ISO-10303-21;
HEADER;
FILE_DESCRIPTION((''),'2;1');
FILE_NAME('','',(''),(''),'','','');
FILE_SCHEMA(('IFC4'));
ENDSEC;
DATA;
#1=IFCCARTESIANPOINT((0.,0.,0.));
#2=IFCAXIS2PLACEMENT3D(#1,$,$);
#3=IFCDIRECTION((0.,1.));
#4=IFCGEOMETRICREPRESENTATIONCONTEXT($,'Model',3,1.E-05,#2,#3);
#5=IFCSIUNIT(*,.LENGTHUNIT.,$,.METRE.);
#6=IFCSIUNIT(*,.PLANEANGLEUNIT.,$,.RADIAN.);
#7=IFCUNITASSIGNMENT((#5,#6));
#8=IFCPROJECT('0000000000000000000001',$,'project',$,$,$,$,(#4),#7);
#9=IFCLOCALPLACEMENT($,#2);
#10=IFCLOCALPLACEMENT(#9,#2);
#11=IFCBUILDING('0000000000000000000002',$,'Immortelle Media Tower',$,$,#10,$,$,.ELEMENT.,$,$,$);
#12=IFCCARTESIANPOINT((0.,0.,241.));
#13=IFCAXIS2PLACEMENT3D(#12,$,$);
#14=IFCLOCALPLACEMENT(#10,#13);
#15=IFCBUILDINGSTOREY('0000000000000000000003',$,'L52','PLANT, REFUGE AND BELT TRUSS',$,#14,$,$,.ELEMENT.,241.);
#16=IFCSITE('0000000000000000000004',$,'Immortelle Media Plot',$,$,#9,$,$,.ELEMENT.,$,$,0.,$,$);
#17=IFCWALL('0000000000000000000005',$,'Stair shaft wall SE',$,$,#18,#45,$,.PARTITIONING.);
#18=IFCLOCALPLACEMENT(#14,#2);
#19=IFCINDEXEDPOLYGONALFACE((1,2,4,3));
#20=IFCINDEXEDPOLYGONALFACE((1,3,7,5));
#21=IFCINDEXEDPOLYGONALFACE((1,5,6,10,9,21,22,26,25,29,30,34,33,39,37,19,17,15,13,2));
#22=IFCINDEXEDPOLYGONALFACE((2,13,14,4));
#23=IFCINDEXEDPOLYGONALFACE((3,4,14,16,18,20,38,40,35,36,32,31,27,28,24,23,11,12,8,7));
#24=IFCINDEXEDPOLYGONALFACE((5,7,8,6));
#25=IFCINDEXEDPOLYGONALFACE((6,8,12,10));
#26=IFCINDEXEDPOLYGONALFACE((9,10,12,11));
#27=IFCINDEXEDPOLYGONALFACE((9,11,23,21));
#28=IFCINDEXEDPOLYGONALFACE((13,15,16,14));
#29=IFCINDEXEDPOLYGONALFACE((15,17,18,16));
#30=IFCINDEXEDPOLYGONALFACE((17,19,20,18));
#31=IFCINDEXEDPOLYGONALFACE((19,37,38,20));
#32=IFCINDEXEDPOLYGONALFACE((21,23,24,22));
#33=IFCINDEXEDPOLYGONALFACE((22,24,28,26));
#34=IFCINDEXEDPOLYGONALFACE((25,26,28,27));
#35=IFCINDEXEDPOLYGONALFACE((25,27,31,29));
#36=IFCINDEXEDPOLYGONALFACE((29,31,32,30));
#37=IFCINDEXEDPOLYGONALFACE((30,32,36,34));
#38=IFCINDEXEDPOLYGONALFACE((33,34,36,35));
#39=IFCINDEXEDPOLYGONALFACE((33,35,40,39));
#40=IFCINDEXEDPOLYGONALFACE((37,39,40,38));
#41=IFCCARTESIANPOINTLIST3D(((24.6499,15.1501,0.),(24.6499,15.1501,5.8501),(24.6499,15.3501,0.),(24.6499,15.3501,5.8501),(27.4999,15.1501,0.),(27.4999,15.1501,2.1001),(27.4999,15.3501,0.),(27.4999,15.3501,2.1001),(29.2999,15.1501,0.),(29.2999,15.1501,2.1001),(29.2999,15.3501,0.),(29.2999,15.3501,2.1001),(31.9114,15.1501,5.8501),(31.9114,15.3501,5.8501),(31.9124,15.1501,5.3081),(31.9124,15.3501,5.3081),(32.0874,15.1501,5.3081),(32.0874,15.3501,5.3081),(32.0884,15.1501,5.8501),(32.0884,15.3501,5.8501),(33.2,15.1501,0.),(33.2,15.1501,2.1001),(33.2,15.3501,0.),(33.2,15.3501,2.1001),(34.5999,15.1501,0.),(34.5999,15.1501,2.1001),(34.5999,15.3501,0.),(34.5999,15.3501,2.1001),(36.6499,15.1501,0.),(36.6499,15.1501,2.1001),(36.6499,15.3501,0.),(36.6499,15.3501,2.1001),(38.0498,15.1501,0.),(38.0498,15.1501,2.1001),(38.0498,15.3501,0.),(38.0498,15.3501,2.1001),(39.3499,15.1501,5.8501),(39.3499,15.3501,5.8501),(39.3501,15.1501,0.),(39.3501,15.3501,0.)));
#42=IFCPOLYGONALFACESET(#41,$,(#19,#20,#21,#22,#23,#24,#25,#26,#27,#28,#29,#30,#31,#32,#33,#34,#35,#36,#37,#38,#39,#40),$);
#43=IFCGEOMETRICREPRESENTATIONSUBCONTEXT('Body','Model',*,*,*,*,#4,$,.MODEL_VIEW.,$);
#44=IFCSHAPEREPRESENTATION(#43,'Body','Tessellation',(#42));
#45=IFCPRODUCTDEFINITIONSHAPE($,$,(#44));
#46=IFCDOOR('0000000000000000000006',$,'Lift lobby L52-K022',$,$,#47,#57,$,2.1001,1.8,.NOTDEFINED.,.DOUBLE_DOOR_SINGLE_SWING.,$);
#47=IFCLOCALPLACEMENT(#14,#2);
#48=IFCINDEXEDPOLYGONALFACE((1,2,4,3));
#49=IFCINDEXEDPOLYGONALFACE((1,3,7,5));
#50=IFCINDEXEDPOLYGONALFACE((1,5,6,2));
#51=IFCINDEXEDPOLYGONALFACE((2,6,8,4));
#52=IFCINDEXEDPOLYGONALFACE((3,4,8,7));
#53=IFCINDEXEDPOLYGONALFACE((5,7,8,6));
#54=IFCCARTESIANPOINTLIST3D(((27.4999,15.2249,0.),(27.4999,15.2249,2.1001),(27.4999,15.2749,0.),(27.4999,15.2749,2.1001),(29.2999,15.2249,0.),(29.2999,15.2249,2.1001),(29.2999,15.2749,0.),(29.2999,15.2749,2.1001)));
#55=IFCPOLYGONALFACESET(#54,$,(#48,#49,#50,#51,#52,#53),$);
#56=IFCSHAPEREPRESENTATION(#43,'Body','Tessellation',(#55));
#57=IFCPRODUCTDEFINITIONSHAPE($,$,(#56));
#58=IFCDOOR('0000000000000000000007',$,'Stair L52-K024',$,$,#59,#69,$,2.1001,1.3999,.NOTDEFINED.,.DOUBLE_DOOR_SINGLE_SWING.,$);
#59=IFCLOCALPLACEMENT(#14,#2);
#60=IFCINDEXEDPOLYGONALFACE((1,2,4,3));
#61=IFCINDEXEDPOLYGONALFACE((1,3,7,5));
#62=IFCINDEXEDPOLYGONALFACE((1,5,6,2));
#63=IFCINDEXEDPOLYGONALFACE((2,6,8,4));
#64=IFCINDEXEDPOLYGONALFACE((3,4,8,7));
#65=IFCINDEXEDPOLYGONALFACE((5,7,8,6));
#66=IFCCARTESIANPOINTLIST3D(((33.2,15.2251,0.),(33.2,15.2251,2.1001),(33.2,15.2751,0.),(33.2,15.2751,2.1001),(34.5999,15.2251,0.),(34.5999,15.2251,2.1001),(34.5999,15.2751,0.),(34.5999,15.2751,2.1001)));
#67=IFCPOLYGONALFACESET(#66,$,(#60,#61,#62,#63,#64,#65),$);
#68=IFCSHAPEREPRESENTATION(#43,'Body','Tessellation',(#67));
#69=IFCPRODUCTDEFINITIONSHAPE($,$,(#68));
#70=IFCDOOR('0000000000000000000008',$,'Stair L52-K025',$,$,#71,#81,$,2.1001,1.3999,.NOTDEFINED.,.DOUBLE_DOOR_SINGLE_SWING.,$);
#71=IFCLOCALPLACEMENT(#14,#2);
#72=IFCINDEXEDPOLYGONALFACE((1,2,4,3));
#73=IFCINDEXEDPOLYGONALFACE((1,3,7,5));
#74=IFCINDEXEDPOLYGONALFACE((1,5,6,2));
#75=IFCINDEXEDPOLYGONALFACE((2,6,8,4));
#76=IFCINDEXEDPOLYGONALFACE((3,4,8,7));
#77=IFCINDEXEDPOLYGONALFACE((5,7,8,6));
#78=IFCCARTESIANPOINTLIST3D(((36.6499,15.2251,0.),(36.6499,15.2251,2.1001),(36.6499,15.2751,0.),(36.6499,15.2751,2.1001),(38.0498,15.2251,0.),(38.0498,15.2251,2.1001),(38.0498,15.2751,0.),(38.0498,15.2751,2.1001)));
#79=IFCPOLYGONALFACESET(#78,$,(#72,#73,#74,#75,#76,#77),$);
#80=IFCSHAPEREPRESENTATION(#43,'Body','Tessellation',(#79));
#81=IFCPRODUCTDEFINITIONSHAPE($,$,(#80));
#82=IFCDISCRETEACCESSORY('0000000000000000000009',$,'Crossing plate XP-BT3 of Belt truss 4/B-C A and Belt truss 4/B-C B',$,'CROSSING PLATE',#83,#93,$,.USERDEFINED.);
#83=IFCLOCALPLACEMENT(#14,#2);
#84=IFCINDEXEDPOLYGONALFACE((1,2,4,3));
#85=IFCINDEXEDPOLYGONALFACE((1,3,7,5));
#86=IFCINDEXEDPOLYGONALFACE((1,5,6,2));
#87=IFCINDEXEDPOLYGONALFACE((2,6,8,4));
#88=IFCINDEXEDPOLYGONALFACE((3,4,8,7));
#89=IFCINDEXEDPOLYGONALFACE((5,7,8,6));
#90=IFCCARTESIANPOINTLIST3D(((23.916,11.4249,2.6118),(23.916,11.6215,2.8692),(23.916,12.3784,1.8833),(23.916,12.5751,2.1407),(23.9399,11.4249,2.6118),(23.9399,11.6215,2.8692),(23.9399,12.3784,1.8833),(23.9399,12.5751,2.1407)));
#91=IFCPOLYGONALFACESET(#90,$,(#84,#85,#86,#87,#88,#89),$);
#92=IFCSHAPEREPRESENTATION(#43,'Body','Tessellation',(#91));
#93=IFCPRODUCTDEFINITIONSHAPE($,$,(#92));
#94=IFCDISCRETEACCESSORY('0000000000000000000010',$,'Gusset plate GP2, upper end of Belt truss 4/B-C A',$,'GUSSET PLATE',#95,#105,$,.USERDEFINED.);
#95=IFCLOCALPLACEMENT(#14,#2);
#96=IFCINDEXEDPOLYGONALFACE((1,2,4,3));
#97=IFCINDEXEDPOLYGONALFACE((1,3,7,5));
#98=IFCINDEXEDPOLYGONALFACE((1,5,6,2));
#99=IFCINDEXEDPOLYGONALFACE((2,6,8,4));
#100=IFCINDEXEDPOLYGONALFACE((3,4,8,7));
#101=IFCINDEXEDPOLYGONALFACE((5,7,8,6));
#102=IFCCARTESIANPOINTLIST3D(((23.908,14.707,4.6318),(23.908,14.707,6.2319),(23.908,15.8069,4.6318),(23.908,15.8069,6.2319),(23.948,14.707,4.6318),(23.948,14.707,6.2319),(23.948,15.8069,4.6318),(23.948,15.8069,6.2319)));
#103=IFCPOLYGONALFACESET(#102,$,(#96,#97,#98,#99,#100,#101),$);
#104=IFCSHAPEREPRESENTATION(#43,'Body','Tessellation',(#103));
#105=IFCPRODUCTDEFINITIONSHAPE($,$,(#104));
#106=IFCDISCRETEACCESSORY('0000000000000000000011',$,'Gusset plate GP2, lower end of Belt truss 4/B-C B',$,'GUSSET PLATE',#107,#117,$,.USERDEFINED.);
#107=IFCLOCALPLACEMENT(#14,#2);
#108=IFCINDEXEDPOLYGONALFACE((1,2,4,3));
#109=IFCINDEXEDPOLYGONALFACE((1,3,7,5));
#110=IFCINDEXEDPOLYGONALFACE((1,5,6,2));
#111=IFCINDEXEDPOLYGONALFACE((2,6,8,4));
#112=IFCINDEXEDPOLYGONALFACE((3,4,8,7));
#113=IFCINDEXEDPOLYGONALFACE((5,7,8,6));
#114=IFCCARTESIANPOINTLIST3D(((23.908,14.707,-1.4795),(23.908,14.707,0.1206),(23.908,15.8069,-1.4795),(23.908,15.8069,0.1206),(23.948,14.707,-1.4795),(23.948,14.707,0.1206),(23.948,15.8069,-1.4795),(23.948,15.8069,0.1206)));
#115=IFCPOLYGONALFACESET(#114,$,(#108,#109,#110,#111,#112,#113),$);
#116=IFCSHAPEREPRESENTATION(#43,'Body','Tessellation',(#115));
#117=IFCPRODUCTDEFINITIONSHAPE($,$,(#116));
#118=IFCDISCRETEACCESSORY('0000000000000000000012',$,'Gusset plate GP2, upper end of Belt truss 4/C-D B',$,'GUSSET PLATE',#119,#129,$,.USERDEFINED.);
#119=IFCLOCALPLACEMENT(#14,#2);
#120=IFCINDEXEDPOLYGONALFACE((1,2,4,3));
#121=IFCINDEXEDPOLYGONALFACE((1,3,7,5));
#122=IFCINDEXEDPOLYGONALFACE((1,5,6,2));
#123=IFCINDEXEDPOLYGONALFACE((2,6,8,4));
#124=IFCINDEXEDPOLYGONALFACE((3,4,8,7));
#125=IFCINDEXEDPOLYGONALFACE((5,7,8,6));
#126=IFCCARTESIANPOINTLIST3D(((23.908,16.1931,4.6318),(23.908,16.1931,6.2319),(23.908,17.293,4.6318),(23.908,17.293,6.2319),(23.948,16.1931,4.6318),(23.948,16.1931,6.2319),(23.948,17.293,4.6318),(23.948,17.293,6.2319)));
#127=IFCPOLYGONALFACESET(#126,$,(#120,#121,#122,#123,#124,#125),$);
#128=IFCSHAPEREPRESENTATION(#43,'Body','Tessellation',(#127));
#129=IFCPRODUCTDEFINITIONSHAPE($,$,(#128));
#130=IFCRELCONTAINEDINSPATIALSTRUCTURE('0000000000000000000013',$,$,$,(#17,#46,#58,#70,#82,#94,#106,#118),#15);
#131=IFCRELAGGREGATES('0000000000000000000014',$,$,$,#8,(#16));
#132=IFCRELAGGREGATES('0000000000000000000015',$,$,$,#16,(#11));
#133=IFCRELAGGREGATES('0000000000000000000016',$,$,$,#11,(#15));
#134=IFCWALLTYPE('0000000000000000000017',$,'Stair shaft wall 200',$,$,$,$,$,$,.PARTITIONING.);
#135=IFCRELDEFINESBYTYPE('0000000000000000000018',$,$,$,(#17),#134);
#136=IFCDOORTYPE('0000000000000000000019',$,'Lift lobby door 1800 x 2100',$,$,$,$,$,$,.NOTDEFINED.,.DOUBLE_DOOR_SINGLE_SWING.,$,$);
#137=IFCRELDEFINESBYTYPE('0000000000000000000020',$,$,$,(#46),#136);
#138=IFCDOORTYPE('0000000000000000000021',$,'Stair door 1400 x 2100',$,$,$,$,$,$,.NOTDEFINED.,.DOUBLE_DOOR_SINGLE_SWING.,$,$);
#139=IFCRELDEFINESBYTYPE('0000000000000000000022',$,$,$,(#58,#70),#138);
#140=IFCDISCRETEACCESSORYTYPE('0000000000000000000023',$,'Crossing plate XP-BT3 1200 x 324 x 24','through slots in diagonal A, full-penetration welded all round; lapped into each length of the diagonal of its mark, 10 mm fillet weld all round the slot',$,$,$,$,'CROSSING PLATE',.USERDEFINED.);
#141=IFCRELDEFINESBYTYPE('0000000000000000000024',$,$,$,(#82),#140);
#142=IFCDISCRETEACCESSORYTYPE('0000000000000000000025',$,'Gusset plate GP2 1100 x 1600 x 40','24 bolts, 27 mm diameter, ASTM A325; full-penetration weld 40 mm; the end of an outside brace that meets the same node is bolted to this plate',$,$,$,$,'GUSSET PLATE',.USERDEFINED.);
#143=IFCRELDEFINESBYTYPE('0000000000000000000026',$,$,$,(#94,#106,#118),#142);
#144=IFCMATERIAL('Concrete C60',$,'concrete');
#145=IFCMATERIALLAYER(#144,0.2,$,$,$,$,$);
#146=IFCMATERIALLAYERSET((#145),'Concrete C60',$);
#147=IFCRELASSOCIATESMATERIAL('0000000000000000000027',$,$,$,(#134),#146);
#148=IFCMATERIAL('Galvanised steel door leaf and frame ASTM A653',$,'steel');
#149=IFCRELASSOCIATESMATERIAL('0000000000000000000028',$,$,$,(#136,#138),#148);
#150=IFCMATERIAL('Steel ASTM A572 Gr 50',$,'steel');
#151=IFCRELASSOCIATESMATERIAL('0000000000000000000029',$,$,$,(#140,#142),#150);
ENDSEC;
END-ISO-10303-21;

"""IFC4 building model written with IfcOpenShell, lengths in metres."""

from ifc_helpers import new_model, si_unit, direction, frame, frame_2d, origin, origin_2d, place, context, subcontext, project, spatial, polyline, rectangle, outline, extrude, material, layer, layer_set, material_profile, profile_set, type_object, element, fill, save


model = new_model("IFC4")

# Units and contexts
model_context = context("Model", 3, precision=1e-05, world=origin(), true_north=direction((0.0, 1.0)))
body_context = subcontext(model_context, "Body", "Model", "MODEL_VIEW")
ifc_project = project(units=[si_unit("LENGTHUNIT", "METRE"), si_unit("PLANEANGLEUNIT", "RADIAN")], contexts=[model_context])

# Site, building, storey
site_placement = place(None, origin())
site = spatial("IfcSite", under=ifc_project, at=site_placement, Name="Immortelle Media Plot", CompositionType="ELEMENT", RefElevation=0.0)
building_placement = place(site_placement, origin())
building = spatial("IfcBuilding", under=site, at=building_placement, Name="Immortelle Media Tower", CompositionType="ELEMENT")
storey_placement = place(building_placement, frame((0.0, 0.0, 241.0)))
storey = spatial("IfcBuildingStorey", under=building, at=storey_placement, Name="L52", Description="PLANT, REFUGE AND BELT TRUSS", CompositionType="ELEMENT", Elevation=241.0)

# Shared definitions
ifc_material_1 = material(Name="Galvanised steel door leaf and frame ASTM A653", Category="steel")

# Wall, openings, doors
ifc_material_2 = material(Name="Concrete C60", Category="concrete")
ifc_layer_1 = layer(ifc_material_2, 0.2)
ifc_layer_set_1 = layer_set([ifc_layer_1], Name="Concrete C60")
wall_type_1 = type_object("IfcWallType", Name="Stair shaft wall 200", PredefinedType="PARTITIONING", material=ifc_layer_set_1)
wall_1_placement = place(storey_placement, frame((24.6499, 15.25, 0.0), z_axis=(0.0, 0.0, 1.0), x_axis=(1.0, 0.0, 0.0)))
wall_1 = element("IfcWall", 1, at=wall_1_placement, inside=storey, type_object=wall_type_1, Name="Stair shaft wall SE", PredefinedType="PARTITIONING", context=body_context, shape_type="SweptSolid", body=[
    extrude(outline(polyline([(0.0, 0.0), (14.7002, 0.0), (14.7, 5.8501), (7.4385, 5.8501), (7.4375, 5.3081), (7.2625, 5.3081), (7.2615, 5.8501), (0.0, 5.8501), (0.0, 0.0)])), frame((0.0, 0.1001, 0.0), z_axis=(0.0, -1.0, 0.0), x_axis=(1.0, 0.0, 0.0)), (0.0, 0.0, 1.0), 0.2),
])
opening_1_placement = place(wall_1_placement, frame((2.8501, 0.0, 0.0)))
opening_1 = element("IfcOpeningElement", 2, at=opening_1_placement, cuts=wall_1, PredefinedType="OPENING", context=body_context, shape_type="SweptSolid", body=[
    extrude(rectangle(XDim=1.8, YDim=2.1001, at=frame_2d((0.8999, 1.05))), frame((0.0, 0.1099, 0.0), z_axis=(0.0, -1.0, 0.0), x_axis=(1.0, 0.0, 0.0)), (0.0, 0.0, 1.0), 0.22),
])
opening_2_placement = place(wall_1_placement, frame((9.95, 0.0, 0.0), z_axis=(0.0, 0.0, 1.0), x_axis=(-1.0, 0.0, 0.0)))
opening_2 = element("IfcOpeningElement", 3, at=opening_2_placement, cuts=wall_1, PredefinedType="OPENING", context=body_context, shape_type="SweptSolid", body=[
    extrude(rectangle(XDim=1.3999, YDim=2.1001, at=frame_2d((0.7, 1.05))), frame((0.0, 0.1099, 0.0), z_axis=(0.0, -1.0, 0.0), x_axis=(1.0, 0.0, 0.0)), (0.0, 0.0, 1.0), 0.22),
])
opening_3_placement = place(wall_1_placement, frame((13.3999, 0.0, 0.0), z_axis=(0.0, 0.0, 1.0), x_axis=(-1.0, 0.0, 0.0)))
opening_3 = element("IfcOpeningElement", 4, at=opening_3_placement, cuts=wall_1, PredefinedType="OPENING", context=body_context, shape_type="SweptSolid", body=[
    extrude(rectangle(XDim=1.3999, YDim=2.1001, at=frame_2d((0.7, 1.05))), frame((0.0, 0.1099, 0.0), z_axis=(0.0, -1.0, 0.0), x_axis=(1.0, 0.0, 0.0)), (0.0, 0.0, 1.0), 0.22),
])
door_type_1 = type_object("IfcDoorType", Name="Lift lobby door 1800 x 2100", OperationType="DOUBLE_DOOR_SINGLE_SWING", PredefinedType="NOTDEFINED", material=ifc_material_1)
door_1_placement = place(opening_1_placement, origin())
door_1 = element("IfcDoor", 5, at=door_1_placement, inside=storey, type_object=door_type_1, Name="Lift lobby L52-K022", OperationType="DOUBLE_DOOR_SINGLE_SWING", OverallHeight=2.1001, OverallWidth=1.8, PredefinedType="NOTDEFINED", context=body_context, shape_type="SweptSolid", body=[
    extrude(rectangle(XDim=1.8, YDim=2.1001, at=frame_2d((0.8999, 1.05))), frame((0.0, 0.0249, 0.0), z_axis=(0.0, -1.0, 0.0), x_axis=(1.0, 0.0, 0.0)), (0.0, 0.0, 1.0), 0.05),
])
fill(opening_1, door_1)
door_type_2 = type_object("IfcDoorType", Name="Stair door 1400 x 2100", OperationType="DOUBLE_DOOR_SINGLE_SWING", PredefinedType="NOTDEFINED", material=ifc_material_1)
door_2_placement = place(opening_2_placement, origin())
door_2 = element("IfcDoor", 6, at=door_2_placement, inside=storey, type_object=door_type_2, Name="Stair L52-K024", OperationType="DOUBLE_DOOR_SINGLE_SWING", OverallHeight=2.1001, OverallWidth=1.3999, PredefinedType="NOTDEFINED", context=body_context, shape_type="SweptSolid", body=[
    extrude(rectangle(XDim=1.3999, YDim=2.1001, at=frame_2d((0.7, 1.05))), frame((0.0, 0.0249, 0.0), z_axis=(0.0, -1.0, 0.0), x_axis=(1.0, 0.0, 0.0)), (0.0, 0.0, 1.0), 0.05),
])
fill(opening_2, door_2)
door_3_placement = place(opening_3_placement, origin())
door_3 = element("IfcDoor", 7, at=door_3_placement, inside=storey, type_object=door_type_2, Name="Stair L52-K025", OperationType="DOUBLE_DOOR_SINGLE_SWING", OverallHeight=2.1001, OverallWidth=1.3999, PredefinedType="NOTDEFINED", context=body_context, shape_type="SweptSolid", body=[
    extrude(rectangle(XDim=1.3999, YDim=2.1001, at=frame_2d((0.7, 1.05))), frame((0.0, 0.0249, 0.0), z_axis=(0.0, -1.0, 0.0), x_axis=(1.0, 0.0, 0.0)), (0.0, 0.0, 1.0), 0.05),
])
fill(opening_3, door_3)

# Discrete accessories
ifc_material_3 = material(Name="Steel ASTM A572 Gr 50", Category="steel")
ifc_material_profile_1 = material_profile(ifc_material_3, rectangle(XDim=0.0239, YDim=0.324, at=origin_2d()), Name="PL 24 x 324")
ifc_profile_set_1 = profile_set([ifc_material_profile_1], Name="Steel ASTM A572 Gr 50")
discrete_accessory_type_1 = type_object("IfcDiscreteAccessoryType", Name="Crossing plate XP-BT3 1200 x 324 x 24", Description="through slots in diagonal A, full-penetration welded all round; lapped into each length of the diagonal of its mark, 10 mm fillet weld all round the slot", ElementType="CROSSING PLATE", PredefinedType="USERDEFINED", material=ifc_profile_set_1)
discrete_accessory_placement = place(storey_placement, frame((23.928, 11.5232, 2.7405), z_axis=(0.0, 0.794646, -0.607072), x_axis=(-1.0, 0.0, 0.0)))
element("IfcDiscreteAccessory", 8, at=discrete_accessory_placement, inside=storey, type_object=discrete_accessory_type_1, Name="Crossing plate XP-BT3 of Belt truss 4/B-C A and Belt truss 4/B-C B", ObjectType="CROSSING PLATE", PredefinedType="USERDEFINED", context=body_context, shape_type="SweptSolid", body=[
    extrude(rectangle(XDim=0.0239, YDim=0.324, at=origin_2d()), origin(), (0.0, 0.0, 1.0), 1.2),
])
ifc_material_profile_2 = material_profile(ifc_material_3, rectangle(XDim=0.04, YDim=1.6001, at=origin_2d()), Name="PL 40 x 1600")
ifc_profile_set_2 = profile_set([ifc_material_profile_2], Name="Steel ASTM A572 Gr 50")
discrete_accessory_type_2 = type_object("IfcDiscreteAccessoryType", Name="Gusset plate GP2 1100 x 1600 x 40", Description="24 bolts, 27 mm diameter, ASTM A325; full-penetration weld 40 mm; the end of an outside brace that meets the same node is bolted to this plate", ElementType="GUSSET PLATE", PredefinedType="USERDEFINED", material=ifc_profile_set_2)
for number, where, z_axis, x_axis, name in (
    (9, (23.928, 15.8069, 5.4319), (0.0, -1.0, 0.0), (1.0, 0.0, 0.0), "Gusset plate GP2, upper end of Belt truss 4/B-C A"),
    (10, (23.928, 15.8069, -0.6794), (0.0, -1.0, 0.0), (1.0, 0.0, 0.0), "Gusset plate GP2, lower end of Belt truss 4/B-C B"),
    (11, (23.928, 16.1931, 5.4319), (0.0, 1.0, 0.0), (-1.0, 0.0, 0.0), "Gusset plate GP2, upper end of Belt truss 4/C-D B"),
):
    element("IfcDiscreteAccessory", number, at=place(storey_placement, frame(where, z_axis=z_axis, x_axis=x_axis)), inside=storey, type_object=discrete_accessory_type_2, Name=name, ObjectType="GUSSET PLATE", PredefinedType="USERDEFINED", context=body_context, shape_type="SweptSolid", body=[
        extrude(rectangle(XDim=0.04, YDim=1.6001, at=origin_2d()), origin(), (0.0, 0.0, 1.0), 1.0999),
    ])

save(model, "model.ifc")
